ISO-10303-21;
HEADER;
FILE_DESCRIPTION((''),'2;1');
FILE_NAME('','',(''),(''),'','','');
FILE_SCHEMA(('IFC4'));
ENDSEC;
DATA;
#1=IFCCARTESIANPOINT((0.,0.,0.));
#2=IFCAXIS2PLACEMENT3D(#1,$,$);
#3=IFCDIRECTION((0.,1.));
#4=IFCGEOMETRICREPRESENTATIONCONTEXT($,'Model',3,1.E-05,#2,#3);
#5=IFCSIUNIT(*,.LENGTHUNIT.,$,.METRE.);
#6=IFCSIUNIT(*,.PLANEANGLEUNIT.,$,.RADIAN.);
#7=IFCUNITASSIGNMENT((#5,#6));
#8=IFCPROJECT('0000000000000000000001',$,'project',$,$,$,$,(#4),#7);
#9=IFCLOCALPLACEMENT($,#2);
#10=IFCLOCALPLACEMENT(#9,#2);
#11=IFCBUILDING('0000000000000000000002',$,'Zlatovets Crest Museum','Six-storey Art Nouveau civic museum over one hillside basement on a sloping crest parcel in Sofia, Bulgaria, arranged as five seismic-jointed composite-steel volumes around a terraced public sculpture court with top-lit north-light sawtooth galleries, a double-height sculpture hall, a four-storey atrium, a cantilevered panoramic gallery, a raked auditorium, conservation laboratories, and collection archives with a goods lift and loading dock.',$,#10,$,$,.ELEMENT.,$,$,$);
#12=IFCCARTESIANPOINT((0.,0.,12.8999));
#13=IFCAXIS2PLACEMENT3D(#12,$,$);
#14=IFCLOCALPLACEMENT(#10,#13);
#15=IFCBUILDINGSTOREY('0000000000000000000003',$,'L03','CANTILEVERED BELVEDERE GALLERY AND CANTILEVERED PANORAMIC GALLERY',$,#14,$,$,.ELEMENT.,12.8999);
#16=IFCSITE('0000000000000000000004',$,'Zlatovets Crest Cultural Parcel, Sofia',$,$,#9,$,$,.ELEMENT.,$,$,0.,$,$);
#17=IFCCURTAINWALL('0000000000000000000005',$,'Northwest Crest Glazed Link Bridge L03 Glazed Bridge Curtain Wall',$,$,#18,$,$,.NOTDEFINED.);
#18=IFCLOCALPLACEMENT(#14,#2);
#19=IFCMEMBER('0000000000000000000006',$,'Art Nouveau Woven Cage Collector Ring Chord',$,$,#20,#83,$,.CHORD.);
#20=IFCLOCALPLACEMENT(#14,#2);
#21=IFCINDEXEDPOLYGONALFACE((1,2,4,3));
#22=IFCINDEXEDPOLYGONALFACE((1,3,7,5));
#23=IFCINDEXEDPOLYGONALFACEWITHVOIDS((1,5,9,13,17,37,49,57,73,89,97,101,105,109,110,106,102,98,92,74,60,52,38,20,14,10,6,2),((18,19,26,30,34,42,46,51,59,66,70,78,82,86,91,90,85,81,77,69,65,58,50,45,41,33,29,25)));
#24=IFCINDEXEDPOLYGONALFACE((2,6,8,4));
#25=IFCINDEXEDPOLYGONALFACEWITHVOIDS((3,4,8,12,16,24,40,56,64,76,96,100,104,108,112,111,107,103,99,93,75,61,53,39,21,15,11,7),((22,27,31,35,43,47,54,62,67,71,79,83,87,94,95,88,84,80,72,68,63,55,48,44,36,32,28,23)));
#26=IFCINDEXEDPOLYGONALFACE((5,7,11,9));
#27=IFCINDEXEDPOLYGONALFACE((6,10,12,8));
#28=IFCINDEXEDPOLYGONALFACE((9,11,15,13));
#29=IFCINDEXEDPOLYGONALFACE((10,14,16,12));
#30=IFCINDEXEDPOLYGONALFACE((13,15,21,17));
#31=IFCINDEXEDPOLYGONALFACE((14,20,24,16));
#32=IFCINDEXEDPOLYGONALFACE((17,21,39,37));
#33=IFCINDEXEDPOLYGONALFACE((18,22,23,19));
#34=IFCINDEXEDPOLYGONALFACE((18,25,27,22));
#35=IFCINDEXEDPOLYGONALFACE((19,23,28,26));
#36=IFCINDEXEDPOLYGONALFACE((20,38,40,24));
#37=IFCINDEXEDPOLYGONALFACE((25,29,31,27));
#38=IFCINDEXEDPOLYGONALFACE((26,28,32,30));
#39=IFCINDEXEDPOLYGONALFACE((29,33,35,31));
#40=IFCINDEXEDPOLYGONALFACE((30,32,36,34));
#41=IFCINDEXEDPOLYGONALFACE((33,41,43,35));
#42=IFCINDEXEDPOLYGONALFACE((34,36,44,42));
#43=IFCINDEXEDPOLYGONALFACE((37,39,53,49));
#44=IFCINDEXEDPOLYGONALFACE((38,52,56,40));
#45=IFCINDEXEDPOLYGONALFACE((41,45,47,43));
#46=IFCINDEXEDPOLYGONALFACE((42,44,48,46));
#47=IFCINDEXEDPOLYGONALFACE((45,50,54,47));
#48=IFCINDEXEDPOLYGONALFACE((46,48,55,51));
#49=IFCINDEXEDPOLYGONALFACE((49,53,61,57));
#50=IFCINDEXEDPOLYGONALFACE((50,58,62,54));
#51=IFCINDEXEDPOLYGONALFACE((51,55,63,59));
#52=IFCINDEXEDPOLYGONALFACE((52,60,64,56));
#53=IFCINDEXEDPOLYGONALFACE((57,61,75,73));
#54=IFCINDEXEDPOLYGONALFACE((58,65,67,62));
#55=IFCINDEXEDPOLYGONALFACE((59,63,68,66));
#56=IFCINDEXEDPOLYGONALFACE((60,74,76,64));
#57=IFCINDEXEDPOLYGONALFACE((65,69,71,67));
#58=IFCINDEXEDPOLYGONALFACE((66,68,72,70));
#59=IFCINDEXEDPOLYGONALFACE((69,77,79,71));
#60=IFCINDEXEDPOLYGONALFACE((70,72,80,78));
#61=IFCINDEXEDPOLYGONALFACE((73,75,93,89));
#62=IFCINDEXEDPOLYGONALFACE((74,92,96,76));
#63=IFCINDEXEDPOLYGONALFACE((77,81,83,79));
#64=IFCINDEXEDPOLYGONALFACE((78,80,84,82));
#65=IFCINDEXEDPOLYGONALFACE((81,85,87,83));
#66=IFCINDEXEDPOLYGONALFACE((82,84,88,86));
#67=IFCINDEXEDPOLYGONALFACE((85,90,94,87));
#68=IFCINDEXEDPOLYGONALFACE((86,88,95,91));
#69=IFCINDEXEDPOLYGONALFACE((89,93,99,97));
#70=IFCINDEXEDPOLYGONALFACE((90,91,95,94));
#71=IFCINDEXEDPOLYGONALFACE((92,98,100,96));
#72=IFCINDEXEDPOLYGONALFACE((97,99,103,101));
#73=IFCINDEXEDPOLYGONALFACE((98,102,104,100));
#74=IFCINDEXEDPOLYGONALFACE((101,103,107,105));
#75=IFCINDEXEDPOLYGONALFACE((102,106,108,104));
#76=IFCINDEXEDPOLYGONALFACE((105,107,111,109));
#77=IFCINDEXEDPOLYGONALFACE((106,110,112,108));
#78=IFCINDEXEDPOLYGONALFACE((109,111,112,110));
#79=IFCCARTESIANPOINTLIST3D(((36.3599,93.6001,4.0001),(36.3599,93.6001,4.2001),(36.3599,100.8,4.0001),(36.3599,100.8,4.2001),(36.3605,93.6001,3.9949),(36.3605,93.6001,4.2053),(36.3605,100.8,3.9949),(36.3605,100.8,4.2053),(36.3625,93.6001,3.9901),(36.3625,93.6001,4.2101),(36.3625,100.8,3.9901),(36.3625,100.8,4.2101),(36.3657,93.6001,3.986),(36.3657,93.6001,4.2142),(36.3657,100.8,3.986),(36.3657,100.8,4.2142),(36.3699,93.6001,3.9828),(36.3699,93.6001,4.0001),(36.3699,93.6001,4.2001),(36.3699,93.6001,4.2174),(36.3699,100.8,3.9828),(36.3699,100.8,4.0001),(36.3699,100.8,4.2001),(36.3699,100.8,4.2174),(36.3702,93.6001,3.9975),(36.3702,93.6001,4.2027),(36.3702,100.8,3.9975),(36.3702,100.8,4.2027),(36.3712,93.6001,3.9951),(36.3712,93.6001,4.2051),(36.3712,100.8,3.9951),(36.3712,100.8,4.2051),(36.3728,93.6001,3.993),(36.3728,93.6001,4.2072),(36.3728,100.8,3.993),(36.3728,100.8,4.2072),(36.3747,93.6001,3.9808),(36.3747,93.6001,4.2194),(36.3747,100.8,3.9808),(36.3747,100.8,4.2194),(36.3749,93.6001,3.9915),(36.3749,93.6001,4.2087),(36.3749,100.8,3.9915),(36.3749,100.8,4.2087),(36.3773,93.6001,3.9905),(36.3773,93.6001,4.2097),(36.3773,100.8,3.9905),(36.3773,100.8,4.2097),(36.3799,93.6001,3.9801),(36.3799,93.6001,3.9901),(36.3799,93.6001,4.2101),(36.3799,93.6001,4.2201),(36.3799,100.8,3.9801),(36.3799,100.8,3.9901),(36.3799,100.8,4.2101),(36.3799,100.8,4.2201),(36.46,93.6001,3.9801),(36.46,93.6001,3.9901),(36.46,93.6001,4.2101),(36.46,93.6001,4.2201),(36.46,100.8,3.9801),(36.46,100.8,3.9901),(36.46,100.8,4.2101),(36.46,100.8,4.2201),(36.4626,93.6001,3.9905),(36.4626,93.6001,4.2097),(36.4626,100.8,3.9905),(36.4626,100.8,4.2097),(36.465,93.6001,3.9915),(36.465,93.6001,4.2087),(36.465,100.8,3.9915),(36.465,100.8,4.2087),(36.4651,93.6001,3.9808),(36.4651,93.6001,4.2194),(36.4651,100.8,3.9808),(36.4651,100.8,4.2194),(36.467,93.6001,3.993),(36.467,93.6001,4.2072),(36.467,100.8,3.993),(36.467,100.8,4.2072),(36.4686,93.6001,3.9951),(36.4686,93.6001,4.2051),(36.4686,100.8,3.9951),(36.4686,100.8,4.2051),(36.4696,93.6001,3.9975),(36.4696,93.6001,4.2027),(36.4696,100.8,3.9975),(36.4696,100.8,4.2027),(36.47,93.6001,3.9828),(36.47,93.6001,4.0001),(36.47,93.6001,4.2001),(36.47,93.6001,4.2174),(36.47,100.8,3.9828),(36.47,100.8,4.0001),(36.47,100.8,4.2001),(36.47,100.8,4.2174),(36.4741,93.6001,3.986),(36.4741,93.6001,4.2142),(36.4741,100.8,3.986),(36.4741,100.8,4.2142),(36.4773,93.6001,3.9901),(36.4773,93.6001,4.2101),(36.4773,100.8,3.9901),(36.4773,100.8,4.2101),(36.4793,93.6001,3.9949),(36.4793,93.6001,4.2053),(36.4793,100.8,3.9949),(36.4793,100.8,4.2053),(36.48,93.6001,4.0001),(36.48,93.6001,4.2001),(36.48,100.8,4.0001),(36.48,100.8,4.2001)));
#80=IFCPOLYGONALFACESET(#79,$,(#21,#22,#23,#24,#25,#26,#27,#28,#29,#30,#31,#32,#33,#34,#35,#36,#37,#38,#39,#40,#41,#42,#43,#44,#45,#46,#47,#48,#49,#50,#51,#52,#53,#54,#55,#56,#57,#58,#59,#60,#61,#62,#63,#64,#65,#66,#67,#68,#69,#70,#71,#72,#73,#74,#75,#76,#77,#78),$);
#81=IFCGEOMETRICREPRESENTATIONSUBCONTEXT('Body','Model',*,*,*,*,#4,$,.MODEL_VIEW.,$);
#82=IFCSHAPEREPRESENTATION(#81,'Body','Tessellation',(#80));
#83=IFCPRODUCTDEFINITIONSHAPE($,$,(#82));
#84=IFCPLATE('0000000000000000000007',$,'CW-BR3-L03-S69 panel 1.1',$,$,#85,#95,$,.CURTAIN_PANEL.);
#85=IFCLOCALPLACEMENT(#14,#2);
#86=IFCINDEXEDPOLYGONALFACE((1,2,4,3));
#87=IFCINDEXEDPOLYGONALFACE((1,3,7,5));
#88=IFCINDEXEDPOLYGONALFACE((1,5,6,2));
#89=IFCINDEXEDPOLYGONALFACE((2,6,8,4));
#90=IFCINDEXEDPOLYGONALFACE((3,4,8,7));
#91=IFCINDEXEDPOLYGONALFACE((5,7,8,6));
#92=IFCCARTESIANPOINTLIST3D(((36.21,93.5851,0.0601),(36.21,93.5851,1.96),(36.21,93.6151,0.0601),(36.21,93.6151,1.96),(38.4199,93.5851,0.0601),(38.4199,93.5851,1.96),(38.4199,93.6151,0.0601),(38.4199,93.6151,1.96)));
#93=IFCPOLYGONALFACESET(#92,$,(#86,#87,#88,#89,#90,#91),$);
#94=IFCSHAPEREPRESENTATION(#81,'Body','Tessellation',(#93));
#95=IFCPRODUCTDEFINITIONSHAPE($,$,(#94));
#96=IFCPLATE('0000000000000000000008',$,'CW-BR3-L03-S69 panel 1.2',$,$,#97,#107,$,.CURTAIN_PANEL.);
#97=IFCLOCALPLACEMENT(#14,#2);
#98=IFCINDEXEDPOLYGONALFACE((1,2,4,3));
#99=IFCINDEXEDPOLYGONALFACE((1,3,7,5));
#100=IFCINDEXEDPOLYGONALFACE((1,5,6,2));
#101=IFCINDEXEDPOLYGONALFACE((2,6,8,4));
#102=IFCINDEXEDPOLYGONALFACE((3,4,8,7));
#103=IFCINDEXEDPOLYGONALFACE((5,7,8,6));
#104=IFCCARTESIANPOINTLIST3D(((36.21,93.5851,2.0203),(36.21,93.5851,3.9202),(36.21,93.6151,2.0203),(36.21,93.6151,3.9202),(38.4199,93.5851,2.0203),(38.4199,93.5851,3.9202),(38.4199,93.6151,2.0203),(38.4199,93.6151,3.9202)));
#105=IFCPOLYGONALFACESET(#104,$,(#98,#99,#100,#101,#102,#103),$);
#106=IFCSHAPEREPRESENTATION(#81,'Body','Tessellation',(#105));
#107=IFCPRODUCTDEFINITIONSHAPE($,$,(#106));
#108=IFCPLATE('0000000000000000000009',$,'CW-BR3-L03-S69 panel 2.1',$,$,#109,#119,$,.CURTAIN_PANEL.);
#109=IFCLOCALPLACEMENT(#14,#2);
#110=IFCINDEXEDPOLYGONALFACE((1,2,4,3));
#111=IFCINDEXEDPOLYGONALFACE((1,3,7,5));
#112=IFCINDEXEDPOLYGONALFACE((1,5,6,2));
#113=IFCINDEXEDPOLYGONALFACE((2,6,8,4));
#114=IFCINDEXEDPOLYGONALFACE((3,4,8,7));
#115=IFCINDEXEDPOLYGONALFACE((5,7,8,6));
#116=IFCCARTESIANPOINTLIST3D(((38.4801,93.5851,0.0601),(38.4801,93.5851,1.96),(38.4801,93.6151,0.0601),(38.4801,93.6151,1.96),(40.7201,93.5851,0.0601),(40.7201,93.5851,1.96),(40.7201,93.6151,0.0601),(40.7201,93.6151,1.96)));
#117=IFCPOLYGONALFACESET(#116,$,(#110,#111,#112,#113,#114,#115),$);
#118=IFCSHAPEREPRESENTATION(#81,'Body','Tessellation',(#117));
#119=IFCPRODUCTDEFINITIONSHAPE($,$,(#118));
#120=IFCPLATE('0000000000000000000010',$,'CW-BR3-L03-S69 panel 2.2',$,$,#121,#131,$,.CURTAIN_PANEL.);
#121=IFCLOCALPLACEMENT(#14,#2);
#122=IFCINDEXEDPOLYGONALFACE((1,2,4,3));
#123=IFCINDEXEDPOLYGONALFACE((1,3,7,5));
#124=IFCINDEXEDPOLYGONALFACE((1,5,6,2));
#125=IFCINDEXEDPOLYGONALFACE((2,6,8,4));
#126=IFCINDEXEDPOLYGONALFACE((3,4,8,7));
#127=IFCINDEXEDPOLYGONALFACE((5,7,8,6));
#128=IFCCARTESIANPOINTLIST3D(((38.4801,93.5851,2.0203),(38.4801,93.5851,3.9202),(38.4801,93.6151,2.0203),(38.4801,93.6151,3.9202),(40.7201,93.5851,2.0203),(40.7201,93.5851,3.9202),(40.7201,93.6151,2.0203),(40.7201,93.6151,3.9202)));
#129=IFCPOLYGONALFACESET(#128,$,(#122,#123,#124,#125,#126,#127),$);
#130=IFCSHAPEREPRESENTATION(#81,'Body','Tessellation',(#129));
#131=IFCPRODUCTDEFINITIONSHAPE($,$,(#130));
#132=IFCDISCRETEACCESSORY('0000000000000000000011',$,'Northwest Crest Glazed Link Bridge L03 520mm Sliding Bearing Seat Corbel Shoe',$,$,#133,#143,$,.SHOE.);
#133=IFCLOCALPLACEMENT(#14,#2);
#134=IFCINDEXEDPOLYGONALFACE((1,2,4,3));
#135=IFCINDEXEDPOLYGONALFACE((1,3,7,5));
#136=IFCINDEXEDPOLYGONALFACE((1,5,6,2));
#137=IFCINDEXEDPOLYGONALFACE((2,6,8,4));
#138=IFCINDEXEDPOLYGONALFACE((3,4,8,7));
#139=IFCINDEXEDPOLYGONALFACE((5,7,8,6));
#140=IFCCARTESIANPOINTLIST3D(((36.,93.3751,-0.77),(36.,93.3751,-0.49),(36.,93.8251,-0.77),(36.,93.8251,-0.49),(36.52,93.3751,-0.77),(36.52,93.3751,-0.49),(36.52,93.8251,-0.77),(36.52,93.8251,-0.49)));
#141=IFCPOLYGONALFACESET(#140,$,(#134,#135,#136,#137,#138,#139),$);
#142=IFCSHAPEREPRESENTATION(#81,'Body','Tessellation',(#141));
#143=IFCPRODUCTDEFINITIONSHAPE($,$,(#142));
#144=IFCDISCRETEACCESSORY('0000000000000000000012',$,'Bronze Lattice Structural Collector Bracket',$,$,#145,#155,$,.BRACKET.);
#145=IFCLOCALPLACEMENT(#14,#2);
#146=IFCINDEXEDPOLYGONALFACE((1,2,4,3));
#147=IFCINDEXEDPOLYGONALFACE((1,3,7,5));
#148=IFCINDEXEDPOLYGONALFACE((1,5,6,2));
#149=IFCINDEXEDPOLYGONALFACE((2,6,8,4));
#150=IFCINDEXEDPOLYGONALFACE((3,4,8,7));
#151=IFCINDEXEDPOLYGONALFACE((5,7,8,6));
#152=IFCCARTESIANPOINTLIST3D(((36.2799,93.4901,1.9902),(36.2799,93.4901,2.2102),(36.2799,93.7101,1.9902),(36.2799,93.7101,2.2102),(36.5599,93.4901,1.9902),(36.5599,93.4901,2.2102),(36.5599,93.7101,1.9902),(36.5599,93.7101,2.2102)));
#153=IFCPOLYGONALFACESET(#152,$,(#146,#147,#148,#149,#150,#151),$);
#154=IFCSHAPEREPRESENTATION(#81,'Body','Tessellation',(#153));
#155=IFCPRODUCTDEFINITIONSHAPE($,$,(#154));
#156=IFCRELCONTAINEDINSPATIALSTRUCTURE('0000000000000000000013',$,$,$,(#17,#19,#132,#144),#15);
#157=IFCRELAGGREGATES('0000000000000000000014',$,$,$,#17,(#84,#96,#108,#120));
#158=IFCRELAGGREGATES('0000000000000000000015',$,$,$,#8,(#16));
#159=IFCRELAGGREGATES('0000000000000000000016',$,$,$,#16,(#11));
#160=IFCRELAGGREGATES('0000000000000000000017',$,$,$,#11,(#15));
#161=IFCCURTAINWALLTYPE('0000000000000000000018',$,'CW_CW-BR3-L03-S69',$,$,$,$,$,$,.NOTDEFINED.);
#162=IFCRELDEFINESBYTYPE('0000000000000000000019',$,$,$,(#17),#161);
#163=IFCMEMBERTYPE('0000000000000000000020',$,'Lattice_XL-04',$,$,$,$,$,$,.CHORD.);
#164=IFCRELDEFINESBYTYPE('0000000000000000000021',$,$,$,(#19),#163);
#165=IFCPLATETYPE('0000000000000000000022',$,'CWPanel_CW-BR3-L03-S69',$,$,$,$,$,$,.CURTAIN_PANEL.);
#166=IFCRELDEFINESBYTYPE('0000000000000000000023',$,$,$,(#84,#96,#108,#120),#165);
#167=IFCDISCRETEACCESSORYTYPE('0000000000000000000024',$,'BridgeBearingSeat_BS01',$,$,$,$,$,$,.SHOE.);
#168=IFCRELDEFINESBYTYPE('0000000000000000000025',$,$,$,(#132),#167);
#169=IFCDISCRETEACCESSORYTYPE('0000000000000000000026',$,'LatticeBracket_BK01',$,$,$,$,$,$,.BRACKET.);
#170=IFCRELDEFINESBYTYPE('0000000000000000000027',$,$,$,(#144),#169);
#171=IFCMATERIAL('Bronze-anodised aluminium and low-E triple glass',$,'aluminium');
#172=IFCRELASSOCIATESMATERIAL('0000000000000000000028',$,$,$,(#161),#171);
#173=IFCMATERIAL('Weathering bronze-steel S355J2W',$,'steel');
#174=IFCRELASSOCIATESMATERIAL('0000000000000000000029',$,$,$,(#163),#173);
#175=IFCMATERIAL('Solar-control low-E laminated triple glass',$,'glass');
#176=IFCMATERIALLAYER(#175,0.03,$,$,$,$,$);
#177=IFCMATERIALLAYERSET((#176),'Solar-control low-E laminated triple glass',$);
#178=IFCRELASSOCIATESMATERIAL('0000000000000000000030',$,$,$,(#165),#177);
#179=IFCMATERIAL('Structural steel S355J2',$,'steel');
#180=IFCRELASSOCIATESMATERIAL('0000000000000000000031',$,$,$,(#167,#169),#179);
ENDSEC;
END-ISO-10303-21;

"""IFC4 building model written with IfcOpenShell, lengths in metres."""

from ifc_helpers import new_model, si_unit, direction, frame, origin, origin_2d, place, context, subcontext, project, spatial, rectangle, hollow_rectangle, extrude, material, layer, layer_set, material_profile, profile_set, type_object, element, aggregate, save


model = new_model("IFC4")

# Units and contexts
model_context = context("Model", 3, precision=1e-05, world=origin(), true_north=direction((0.0, 1.0)))
body_context = subcontext(model_context, "Body", "Model", "MODEL_VIEW")
ifc_project = project(units=[si_unit("LENGTHUNIT", "METRE"), si_unit("PLANEANGLEUNIT", "RADIAN")], contexts=[model_context])

# Site, building, storey
site_placement = place(None, origin())
site = spatial("IfcSite", under=ifc_project, at=site_placement, Name="Zlatovets Crest Cultural Parcel, Sofia", CompositionType="ELEMENT", RefElevation=0.0)
building_placement = place(site_placement, origin())
building = spatial("IfcBuilding", under=site, at=building_placement, Name="Zlatovets Crest Museum", Description="Six-storey Art Nouveau civic museum over one hillside basement on a sloping crest parcel in Sofia, Bulgaria, arranged as five seismic-jointed composite-steel volumes around a terraced public sculpture court with top-lit north-light sawtooth galleries, a double-height sculpture hall, a four-storey atrium, a cantilevered panoramic gallery, a raked auditorium, conservation laboratories, and collection archives with a goods lift and loading dock.", CompositionType="ELEMENT")
storey_placement = place(building_placement, frame((0.0, 0.0, 12.8999)))
storey = spatial("IfcBuildingStorey", under=building, at=storey_placement, Name="L03", Description="CANTILEVERED BELVEDERE GALLERY AND CANTILEVERED PANORAMIC GALLERY", CompositionType="ELEMENT", Elevation=12.8999)

# Shared definitions
ifc_material_1 = material(Name="Structural steel S355J2", Category="steel")

# Curtain wall
ifc_material_2 = material(Name="Bronze-anodised aluminium and low-E triple glass", Category="aluminium")
curtain_wall_type = type_object("IfcCurtainWallType", Name="CW_CW-BR3-L03-S69", PredefinedType="NOTDEFINED", material=ifc_material_2)
curtain_wall_placement = place(storey_placement, origin())
curtain_wall = element("IfcCurtainWall", 1, at=curtain_wall_placement, inside=storey, type_object=curtain_wall_type, Name="Northwest Crest Glazed Link Bridge L03 Glazed Bridge Curtain Wall", PredefinedType="NOTDEFINED")

# Member
ifc_material_3 = material(Name="Weathering bronze-steel S355J2W", Category="steel")
ifc_material_profile_1 = material_profile(ifc_material_3, hollow_rectangle(XDim=0.1201, YDim=0.24, WallThickness=0.01, InnerFilletRadius=0.01, OuterFilletRadius=0.02, at=origin_2d()), Name="RHS 120x240x10.0")
ifc_profile_set_1 = profile_set([ifc_material_profile_1], Name="Weathering bronze-steel S355J2W")
member_type_1 = type_object("IfcMemberType", Name="Lattice_XL-04", PredefinedType="CHORD", material=ifc_profile_set_1)
member_1_placement = place(storey_placement, frame((36.4199, 93.6001, 4.1001), z_axis=(0.0, 1.0, 0.0), x_axis=(-1.0, 0.0, 0.0)))
element("IfcMember", 2, at=member_1_placement, inside=storey, type_object=member_type_1, Name="Art Nouveau Woven Cage Collector Ring Chord", PredefinedType="CHORD", context=body_context, shape_type="SweptSolid", body=[
    extrude(hollow_rectangle(XDim=0.1201, YDim=0.24, WallThickness=0.01, InnerFilletRadius=0.01, OuterFilletRadius=0.02, at=origin_2d()), origin(), (0.0, 0.0, 1.0), 7.2),
])

# Plates
ifc_material_4 = material(Name="Solar-control low-E laminated triple glass", Category="glass")
ifc_layer = layer(ifc_material_4, 0.03)
ifc_layer_set = layer_set([ifc_layer], Name="Solar-control low-E laminated triple glass")
plate_type = type_object("IfcPlateType", Name="CWPanel_CW-BR3-L03-S69", PredefinedType="CURTAIN_PANEL", material=ifc_layer_set)
plate_1_placement = place(storey_placement, frame((37.3149, 93.6001, 0.0601), z_axis=(0.0, 0.0, 1.0), x_axis=(1.0, 0.0, 0.0)))
plate_1 = element("IfcPlate", 3, at=plate_1_placement, type_object=plate_type, Name="CW-BR3-L03-S69 panel 1.1", PredefinedType="CURTAIN_PANEL", context=body_context, shape_type="SweptSolid", body=[
    extrude(rectangle(XDim=2.21, YDim=0.03, at=origin_2d()), origin(), (0.0, 0.0, 1.0), 1.8999),
])
plate_2_placement = place(storey_placement, frame((37.3149, 93.6001, 2.0203), z_axis=(0.0, 0.0, 1.0), x_axis=(1.0, 0.0, 0.0)))
plate_2 = element("IfcPlate", 4, at=plate_2_placement, type_object=plate_type, Name="CW-BR3-L03-S69 panel 1.2", PredefinedType="CURTAIN_PANEL", context=body_context, shape_type="SweptSolid", body=[
    extrude(rectangle(XDim=2.21, YDim=0.03, at=origin_2d()), origin(), (0.0, 0.0, 1.0), 1.8999),
])
plate_3_placement = place(storey_placement, frame((39.6001, 93.6001, 0.0601), z_axis=(0.0, 0.0, 1.0), x_axis=(1.0, 0.0, 0.0)))
plate_3 = element("IfcPlate", 5, at=plate_3_placement, type_object=plate_type, Name="CW-BR3-L03-S69 panel 2.1", PredefinedType="CURTAIN_PANEL", context=body_context, shape_type="SweptSolid", body=[
    extrude(rectangle(XDim=2.24, YDim=0.03, at=origin_2d()), origin(), (0.0, 0.0, 1.0), 1.8999),
])
plate_4_placement = place(storey_placement, frame((39.6001, 93.6001, 2.0203), z_axis=(0.0, 0.0, 1.0), x_axis=(1.0, 0.0, 0.0)))
plate_4 = element("IfcPlate", 6, at=plate_4_placement, type_object=plate_type, Name="CW-BR3-L03-S69 panel 2.2", PredefinedType="CURTAIN_PANEL", context=body_context, shape_type="SweptSolid", body=[
    extrude(rectangle(XDim=2.24, YDim=0.03, at=origin_2d()), origin(), (0.0, 0.0, 1.0), 1.8999),
])
aggregate(curtain_wall, [plate_1, plate_2, plate_3, plate_4])

# Discrete accessories
discrete_accessory_type_1 = type_object("IfcDiscreteAccessoryType", Name="BridgeBearingSeat_BS01", PredefinedType="SHOE", material=ifc_material_1)
discrete_accessory_1_placement = place(storey_placement, frame((36.26, 93.6001, -0.77), z_axis=(0.0, 0.0, 1.0), x_axis=(1.0, 0.0, 0.0)))
element("IfcDiscreteAccessory", 7, at=discrete_accessory_1_placement, inside=storey, type_object=discrete_accessory_type_1, Name="Northwest Crest Glazed Link Bridge L03 520mm Sliding Bearing Seat Corbel Shoe", PredefinedType="SHOE", context=body_context, shape_type="SweptSolid", body=[
    extrude(rectangle(XDim=0.52, YDim=0.45, at=origin_2d()), origin(), (0.0, 0.0, 1.0), 0.28),
])
discrete_accessory_type_2 = type_object("IfcDiscreteAccessoryType", Name="LatticeBracket_BK01", PredefinedType="BRACKET", material=ifc_material_1)
discrete_accessory_2_placement = place(storey_placement, frame((36.4199, 93.6001, 1.9902), z_axis=(0.0, 0.0, 1.0), x_axis=(1.0, 0.0, 0.0)))
element("IfcDiscreteAccessory", 8, at=discrete_accessory_2_placement, inside=storey, type_object=discrete_accessory_type_2, Name="Bronze Lattice Structural Collector Bracket", PredefinedType="BRACKET", context=body_context, shape_type="SweptSolid", body=[
    extrude(rectangle(XDim=0.28, YDim=0.22, at=origin_2d()), origin(), (0.0, 0.0, 1.0), 0.22),
])

save(model, "model.ifc")
